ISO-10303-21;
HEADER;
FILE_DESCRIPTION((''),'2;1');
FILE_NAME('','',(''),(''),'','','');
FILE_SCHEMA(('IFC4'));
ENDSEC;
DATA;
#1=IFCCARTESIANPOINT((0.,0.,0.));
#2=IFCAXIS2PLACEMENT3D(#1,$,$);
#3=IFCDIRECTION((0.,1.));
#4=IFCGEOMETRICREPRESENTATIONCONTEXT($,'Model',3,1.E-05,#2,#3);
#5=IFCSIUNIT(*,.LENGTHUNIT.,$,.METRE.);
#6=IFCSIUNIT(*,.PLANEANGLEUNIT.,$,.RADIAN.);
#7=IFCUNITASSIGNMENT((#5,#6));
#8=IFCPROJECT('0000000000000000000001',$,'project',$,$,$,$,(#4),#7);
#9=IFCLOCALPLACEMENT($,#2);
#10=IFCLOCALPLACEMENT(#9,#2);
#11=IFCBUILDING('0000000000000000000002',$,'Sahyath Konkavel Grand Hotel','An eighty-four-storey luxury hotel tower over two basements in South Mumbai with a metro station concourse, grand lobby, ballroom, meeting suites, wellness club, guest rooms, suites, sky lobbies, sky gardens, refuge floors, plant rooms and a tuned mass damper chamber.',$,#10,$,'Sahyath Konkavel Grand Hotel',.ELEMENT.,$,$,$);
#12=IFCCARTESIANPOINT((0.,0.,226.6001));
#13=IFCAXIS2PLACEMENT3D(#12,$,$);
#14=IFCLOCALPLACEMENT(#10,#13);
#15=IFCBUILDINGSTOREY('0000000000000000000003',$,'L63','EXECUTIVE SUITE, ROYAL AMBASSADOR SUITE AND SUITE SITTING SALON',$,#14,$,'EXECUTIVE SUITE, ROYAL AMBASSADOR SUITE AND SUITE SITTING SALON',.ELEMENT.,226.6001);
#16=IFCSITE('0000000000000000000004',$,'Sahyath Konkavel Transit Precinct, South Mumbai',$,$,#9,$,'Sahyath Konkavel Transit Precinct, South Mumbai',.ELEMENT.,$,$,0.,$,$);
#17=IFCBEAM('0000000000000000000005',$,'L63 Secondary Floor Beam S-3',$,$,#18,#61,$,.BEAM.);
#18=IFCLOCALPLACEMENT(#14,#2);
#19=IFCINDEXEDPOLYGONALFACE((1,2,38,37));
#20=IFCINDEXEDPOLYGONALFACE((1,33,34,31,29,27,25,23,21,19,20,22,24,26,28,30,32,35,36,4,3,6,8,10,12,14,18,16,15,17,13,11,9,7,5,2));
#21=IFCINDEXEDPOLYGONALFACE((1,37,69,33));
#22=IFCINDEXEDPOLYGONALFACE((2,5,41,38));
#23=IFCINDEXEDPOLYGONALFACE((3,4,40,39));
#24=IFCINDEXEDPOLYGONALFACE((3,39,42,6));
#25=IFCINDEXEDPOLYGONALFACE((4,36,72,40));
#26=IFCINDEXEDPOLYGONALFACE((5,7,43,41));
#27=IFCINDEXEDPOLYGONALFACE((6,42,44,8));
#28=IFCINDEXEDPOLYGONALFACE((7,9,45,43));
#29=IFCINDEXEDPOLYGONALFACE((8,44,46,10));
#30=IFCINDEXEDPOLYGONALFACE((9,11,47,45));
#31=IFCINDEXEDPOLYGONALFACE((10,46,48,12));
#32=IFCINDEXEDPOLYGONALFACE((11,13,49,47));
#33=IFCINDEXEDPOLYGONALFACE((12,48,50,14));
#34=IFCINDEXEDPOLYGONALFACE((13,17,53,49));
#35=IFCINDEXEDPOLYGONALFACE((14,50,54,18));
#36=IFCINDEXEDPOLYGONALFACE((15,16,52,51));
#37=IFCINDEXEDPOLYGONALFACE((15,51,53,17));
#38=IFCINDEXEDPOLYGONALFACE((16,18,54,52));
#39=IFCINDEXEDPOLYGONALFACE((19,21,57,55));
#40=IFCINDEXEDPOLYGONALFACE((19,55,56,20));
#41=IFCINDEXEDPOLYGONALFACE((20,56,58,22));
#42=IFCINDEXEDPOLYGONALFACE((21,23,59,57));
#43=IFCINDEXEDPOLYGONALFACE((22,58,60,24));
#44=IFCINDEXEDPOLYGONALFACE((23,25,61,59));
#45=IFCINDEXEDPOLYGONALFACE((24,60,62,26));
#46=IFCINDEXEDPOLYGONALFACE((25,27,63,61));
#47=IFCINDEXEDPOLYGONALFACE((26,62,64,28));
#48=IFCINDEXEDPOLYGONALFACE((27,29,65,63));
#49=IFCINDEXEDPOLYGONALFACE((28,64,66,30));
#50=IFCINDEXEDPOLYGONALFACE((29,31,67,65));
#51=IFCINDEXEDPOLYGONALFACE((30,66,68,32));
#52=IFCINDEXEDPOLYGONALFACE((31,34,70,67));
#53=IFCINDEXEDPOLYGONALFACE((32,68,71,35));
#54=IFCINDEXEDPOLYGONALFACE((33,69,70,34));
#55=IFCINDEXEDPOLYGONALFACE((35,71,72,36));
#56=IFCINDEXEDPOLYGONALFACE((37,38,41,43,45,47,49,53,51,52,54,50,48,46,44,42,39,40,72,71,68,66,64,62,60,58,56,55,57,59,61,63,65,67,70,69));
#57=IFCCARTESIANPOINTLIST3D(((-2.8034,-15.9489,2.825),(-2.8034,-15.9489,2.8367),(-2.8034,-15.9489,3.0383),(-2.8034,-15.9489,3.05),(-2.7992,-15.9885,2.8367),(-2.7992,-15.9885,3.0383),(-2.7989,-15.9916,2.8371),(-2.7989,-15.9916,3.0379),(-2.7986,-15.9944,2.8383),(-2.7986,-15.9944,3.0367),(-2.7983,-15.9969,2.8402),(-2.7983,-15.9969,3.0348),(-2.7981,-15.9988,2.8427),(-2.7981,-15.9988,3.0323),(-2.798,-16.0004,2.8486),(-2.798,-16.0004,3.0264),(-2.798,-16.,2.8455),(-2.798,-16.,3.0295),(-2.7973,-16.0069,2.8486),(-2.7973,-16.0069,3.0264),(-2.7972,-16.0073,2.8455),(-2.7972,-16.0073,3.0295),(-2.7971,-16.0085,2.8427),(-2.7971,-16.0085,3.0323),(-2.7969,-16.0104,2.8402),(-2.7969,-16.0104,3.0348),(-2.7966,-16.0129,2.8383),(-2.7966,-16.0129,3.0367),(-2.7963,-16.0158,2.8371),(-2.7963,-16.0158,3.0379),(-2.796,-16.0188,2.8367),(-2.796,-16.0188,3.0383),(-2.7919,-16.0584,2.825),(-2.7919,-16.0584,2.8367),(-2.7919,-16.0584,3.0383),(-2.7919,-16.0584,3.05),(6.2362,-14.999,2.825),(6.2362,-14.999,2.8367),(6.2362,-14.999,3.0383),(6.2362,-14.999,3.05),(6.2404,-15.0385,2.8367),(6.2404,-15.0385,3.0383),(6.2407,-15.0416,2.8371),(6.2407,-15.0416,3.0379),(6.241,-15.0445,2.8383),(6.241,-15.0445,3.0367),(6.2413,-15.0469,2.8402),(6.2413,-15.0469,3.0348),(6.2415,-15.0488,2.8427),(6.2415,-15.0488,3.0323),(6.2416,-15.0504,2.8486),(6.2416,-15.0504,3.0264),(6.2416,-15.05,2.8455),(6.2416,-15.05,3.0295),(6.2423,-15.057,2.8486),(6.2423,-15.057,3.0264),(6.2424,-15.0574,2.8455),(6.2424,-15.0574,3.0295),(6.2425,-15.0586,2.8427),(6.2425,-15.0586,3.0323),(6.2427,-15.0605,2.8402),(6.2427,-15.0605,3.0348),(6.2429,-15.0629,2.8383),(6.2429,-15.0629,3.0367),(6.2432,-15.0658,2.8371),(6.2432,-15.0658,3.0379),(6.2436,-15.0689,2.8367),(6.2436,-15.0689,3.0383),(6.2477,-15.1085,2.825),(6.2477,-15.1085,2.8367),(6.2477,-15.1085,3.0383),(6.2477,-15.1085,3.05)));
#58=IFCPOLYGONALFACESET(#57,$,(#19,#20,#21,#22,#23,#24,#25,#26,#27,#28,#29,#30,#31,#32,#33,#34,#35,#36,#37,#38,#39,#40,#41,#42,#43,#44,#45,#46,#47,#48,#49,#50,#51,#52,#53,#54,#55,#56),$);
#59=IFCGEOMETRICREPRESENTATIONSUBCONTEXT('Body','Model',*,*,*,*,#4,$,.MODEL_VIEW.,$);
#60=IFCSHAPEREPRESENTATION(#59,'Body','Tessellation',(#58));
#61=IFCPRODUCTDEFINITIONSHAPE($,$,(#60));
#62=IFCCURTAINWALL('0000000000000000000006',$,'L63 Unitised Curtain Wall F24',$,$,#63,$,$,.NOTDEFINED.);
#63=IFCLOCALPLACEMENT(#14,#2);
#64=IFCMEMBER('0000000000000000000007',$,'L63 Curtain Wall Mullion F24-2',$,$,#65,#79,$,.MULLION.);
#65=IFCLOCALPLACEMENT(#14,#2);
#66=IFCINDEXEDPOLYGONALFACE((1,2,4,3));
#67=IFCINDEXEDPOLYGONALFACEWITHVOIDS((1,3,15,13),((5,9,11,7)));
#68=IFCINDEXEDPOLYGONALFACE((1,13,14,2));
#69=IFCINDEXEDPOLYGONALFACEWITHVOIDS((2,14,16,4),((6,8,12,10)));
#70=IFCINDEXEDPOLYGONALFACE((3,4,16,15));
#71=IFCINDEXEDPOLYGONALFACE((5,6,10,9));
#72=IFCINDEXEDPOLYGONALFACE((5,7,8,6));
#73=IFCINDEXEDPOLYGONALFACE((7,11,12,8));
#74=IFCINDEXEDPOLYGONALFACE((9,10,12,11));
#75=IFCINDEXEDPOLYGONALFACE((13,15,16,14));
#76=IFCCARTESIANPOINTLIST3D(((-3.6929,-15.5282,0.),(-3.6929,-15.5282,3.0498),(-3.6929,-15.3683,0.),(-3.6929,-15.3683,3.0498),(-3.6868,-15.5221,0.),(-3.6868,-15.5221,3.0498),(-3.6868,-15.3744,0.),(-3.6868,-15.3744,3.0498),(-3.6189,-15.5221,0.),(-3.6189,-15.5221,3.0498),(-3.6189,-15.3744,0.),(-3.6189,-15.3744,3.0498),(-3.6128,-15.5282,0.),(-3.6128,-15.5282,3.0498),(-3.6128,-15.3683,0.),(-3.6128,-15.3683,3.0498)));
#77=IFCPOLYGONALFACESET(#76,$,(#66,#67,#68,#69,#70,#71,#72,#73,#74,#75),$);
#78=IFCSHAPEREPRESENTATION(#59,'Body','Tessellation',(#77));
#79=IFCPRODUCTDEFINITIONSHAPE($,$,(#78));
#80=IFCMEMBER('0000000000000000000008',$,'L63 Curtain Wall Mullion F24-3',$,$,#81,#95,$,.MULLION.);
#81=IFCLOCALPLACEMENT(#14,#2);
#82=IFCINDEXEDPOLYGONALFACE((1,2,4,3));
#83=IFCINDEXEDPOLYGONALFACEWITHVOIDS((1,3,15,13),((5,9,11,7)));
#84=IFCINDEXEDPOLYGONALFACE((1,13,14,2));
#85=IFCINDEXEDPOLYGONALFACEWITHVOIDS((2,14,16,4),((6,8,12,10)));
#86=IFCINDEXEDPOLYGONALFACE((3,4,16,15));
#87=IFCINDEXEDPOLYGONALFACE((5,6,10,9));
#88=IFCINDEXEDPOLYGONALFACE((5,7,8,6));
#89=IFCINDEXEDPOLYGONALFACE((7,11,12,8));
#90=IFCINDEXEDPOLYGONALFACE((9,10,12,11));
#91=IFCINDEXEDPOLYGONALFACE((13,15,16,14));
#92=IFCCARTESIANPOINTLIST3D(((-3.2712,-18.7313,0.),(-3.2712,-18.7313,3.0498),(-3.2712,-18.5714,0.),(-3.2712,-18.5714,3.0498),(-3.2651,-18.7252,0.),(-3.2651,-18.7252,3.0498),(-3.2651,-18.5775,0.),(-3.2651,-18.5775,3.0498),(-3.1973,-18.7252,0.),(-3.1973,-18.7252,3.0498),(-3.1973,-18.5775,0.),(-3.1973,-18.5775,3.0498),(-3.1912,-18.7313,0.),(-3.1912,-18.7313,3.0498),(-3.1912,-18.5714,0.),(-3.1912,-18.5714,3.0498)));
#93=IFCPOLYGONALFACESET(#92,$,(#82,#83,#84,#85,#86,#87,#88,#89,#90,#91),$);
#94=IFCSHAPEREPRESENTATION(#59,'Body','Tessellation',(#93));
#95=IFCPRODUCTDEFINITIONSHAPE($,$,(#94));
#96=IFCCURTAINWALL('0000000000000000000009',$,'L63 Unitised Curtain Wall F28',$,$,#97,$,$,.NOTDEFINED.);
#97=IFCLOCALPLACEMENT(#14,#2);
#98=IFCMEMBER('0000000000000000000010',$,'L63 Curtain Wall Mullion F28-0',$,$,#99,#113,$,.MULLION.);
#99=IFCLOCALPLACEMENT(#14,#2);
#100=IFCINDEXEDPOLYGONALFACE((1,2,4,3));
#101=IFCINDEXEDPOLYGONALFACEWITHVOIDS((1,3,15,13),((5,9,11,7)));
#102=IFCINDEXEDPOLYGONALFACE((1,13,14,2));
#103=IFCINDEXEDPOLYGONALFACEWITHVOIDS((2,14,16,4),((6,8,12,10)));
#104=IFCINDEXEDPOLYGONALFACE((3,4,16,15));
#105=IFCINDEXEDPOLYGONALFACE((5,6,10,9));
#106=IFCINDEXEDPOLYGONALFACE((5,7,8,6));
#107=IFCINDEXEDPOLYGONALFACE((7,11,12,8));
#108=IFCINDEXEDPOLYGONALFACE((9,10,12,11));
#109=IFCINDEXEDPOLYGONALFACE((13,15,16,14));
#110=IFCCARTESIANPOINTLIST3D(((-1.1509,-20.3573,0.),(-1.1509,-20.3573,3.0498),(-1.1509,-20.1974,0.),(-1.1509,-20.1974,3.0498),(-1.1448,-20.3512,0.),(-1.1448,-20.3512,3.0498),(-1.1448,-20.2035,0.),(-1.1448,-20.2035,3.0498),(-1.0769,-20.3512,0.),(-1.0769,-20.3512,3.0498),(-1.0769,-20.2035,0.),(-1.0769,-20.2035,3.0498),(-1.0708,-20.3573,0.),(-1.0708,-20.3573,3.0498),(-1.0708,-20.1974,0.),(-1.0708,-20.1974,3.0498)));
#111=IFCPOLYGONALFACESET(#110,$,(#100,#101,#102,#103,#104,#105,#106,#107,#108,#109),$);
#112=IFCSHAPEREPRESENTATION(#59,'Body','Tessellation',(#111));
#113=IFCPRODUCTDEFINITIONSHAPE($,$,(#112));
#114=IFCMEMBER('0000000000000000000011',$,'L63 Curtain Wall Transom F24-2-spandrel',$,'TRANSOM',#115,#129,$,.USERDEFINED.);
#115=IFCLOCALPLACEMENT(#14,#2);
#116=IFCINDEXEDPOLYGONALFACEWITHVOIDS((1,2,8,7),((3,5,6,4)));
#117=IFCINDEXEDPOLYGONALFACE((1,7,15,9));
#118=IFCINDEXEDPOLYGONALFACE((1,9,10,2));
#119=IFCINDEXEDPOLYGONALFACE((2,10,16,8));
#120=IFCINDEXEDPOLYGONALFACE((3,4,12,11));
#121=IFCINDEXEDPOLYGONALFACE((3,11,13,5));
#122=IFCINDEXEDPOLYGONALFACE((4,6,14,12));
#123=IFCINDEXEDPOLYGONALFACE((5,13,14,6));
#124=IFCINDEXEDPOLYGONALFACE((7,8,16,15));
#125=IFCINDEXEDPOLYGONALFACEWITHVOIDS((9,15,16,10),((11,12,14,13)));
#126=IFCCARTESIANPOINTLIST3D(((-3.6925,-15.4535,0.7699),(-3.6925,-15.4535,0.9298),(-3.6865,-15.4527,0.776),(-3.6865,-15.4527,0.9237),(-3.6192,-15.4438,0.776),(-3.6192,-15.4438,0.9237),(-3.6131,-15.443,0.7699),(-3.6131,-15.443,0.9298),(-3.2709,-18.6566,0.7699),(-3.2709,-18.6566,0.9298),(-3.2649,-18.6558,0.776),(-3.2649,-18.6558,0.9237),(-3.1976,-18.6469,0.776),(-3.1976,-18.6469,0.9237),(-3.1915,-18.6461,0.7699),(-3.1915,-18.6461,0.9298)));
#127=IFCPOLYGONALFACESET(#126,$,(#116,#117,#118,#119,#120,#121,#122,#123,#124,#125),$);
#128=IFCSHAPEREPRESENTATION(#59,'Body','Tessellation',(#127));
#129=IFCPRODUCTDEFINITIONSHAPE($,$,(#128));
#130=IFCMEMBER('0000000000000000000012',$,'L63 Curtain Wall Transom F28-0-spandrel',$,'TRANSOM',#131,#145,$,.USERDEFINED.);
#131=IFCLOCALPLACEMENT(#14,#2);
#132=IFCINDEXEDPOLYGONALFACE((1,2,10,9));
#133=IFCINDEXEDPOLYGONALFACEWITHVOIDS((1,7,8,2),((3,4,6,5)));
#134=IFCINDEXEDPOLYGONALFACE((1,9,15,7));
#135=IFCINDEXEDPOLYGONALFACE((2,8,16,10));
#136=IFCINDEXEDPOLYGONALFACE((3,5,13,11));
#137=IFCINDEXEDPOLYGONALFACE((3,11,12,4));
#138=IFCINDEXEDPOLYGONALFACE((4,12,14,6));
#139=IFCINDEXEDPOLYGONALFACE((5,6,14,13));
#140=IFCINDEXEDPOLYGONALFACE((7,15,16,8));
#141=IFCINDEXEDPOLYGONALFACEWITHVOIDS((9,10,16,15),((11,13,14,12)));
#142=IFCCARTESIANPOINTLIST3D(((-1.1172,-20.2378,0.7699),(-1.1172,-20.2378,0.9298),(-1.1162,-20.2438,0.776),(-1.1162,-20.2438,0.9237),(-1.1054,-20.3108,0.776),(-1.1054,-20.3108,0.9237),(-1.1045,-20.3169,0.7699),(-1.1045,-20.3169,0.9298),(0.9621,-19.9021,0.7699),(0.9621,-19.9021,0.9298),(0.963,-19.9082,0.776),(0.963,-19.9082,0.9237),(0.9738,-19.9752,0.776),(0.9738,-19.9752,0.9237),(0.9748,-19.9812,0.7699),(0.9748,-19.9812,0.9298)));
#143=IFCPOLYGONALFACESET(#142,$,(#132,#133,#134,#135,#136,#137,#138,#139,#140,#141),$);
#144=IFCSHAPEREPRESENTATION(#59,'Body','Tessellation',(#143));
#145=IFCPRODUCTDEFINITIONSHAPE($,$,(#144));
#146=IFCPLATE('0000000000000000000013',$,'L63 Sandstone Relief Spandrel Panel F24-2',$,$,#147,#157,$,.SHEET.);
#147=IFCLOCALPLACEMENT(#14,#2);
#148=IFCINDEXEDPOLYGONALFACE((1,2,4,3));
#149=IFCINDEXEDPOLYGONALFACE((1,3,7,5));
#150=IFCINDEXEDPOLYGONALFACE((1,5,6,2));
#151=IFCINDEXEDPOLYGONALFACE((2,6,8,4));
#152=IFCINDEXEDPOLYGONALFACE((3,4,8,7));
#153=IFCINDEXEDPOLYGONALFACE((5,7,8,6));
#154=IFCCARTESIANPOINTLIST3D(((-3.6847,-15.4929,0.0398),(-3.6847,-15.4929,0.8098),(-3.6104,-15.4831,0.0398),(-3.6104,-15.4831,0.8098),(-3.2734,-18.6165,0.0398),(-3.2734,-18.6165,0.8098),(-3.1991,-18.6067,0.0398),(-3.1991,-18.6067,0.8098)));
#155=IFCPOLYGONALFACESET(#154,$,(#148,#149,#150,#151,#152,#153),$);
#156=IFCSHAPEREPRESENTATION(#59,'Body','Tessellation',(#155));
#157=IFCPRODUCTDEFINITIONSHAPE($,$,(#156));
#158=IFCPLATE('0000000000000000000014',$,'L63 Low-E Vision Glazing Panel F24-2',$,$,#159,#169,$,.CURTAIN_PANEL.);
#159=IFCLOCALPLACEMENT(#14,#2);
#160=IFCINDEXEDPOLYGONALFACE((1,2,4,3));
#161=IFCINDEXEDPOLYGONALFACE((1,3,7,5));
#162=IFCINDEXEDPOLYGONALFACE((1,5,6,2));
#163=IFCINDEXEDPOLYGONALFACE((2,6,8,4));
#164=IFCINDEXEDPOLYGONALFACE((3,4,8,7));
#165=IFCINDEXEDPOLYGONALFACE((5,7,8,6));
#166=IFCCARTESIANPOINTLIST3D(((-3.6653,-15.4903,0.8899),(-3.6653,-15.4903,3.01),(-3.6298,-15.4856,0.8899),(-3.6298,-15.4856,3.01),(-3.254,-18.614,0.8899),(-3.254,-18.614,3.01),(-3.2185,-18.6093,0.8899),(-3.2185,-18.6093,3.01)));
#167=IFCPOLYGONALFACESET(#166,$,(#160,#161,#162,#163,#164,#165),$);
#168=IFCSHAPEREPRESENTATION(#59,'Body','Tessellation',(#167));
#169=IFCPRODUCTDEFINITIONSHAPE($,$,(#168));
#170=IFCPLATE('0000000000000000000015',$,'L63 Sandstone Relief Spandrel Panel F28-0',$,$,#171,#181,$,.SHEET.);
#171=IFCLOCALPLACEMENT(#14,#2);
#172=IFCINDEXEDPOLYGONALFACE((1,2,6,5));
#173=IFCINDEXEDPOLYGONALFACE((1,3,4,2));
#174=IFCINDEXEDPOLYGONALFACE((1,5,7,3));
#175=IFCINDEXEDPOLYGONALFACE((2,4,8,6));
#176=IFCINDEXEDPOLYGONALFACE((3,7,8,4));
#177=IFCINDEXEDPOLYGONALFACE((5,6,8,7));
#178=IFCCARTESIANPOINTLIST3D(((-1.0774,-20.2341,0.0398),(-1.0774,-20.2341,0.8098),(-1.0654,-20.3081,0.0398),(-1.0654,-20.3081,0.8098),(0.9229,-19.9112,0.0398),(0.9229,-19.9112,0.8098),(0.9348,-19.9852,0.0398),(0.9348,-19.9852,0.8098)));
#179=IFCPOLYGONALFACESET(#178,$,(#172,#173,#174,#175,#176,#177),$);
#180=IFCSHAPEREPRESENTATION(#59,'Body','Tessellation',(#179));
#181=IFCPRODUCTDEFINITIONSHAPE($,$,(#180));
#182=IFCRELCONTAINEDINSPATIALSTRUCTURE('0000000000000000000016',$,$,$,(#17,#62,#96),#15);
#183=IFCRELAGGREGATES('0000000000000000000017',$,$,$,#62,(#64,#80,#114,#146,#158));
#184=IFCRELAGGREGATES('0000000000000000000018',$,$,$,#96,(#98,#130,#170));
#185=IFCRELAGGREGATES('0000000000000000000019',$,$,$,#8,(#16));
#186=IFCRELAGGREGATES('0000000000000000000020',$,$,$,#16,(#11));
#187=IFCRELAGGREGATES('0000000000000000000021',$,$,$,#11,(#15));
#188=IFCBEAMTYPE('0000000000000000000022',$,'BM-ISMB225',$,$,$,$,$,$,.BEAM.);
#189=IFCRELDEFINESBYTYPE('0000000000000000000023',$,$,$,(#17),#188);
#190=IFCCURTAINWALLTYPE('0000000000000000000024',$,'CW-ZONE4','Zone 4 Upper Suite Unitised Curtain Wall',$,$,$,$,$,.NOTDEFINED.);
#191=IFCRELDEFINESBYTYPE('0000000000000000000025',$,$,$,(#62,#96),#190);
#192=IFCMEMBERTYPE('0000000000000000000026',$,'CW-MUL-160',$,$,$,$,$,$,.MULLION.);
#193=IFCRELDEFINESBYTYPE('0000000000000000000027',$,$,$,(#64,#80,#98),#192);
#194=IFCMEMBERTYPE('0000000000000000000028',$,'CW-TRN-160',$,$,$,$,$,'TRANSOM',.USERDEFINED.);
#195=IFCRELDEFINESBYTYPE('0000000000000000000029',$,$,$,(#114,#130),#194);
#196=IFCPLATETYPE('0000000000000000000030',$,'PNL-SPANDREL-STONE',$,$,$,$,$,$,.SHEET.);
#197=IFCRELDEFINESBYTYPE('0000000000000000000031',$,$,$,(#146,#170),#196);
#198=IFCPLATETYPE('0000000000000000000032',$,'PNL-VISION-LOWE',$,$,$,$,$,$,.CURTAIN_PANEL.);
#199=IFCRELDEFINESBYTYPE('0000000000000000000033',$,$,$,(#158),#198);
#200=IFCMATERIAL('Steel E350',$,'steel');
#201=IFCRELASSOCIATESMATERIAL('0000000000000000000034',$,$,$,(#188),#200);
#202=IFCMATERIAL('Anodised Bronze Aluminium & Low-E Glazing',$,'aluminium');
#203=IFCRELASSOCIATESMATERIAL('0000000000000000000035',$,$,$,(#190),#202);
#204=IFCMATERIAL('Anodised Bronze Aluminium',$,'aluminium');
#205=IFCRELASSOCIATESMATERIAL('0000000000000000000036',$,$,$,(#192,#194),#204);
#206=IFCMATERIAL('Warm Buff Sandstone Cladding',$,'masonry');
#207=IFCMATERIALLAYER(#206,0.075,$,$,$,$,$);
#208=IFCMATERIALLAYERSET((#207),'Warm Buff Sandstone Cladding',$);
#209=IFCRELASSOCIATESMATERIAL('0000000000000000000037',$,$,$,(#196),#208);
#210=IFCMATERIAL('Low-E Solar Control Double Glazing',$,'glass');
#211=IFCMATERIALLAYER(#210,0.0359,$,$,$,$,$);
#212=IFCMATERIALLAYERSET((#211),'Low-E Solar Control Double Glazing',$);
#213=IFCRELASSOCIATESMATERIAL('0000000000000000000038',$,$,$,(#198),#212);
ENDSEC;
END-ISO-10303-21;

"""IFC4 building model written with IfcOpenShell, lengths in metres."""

from ifc_helpers import new_model, si_unit, direction, frame, origin, origin_2d, place, context, subcontext, project, spatial, rectangle, hollow_rectangle, i_section, extrude, source, transform, mapped, material, layer, layer_set, material_profile, profile_set, type_object, element, aggregate, save


model = new_model("IFC4")

# Units and contexts
model_context = context("Model", 3, precision=1e-05, world=origin(), true_north=direction((0.0, 1.0)))
body_context = subcontext(model_context, "Body", "Model", "MODEL_VIEW")
ifc_project = project(units=[si_unit("LENGTHUNIT", "METRE"), si_unit("PLANEANGLEUNIT", "RADIAN")], contexts=[model_context])

# Site, building, storey
site_placement = place(None, origin())
site = spatial("IfcSite", under=ifc_project, at=site_placement, Name="Sahyath Konkavel Transit Precinct, South Mumbai", LongName="Sahyath Konkavel Transit Precinct, South Mumbai", CompositionType="ELEMENT", RefElevation=0.0)
building_placement = place(site_placement, origin())
building = spatial("IfcBuilding", under=site, at=building_placement, Name="Sahyath Konkavel Grand Hotel", Description="An eighty-four-storey luxury hotel tower over two basements in South Mumbai with a metro station concourse, grand lobby, ballroom, meeting suites, wellness club, guest rooms, suites, sky lobbies, sky gardens, refuge floors, plant rooms and a tuned mass damper chamber.", LongName="Sahyath Konkavel Grand Hotel", CompositionType="ELEMENT")
storey_placement = place(building_placement, frame((0.0, 0.0, 226.6001)))
storey = spatial("IfcBuildingStorey", under=building, at=storey_placement, Name="L63", Description="EXECUTIVE SUITE, ROYAL AMBASSADOR SUITE AND SUITE SITTING SALON", LongName="EXECUTIVE SUITE, ROYAL AMBASSADOR SUITE AND SUITE SITTING SALON", CompositionType="ELEMENT", Elevation=226.6001)

# Beam
ifc_material_1 = material(Name="Steel E350", Category="steel")
ifc_material_profile_1 = material_profile(ifc_material_1, i_section(OverallWidth=0.1101, OverallDepth=0.2251, WebThickness=0.0066, FlangeThickness=0.0117, FilletRadius=0.012, at=origin_2d()), Name="ISMB 225")
ifc_profile_set_1 = profile_set([ifc_material_profile_1], Name="Steel E350")
beam_type_1 = type_object("IfcBeamType", Name="BM-ISMB225", PredefinedType="BEAM", material=ifc_profile_set_1)
shared_shape_1 = source(origin(), body_context, "Body", "SweptSolid", [
    extrude(i_section(OverallWidth=0.1101, OverallDepth=0.2251, WebThickness=0.0066, FlangeThickness=0.0117, FilletRadius=0.012, at=origin_2d()), origin(), (0.0, 0.0, 1.0), 9.0894),
])
beam_1_placement = place(storey_placement, frame((-2.7976, -16.0037, 2.9375), z_axis=(0.994524, 0.104513, 0.0), x_axis=(-0.104513, 0.994524, 0.0)))
element("IfcBeam", 1, at=beam_1_placement, inside=storey, type_object=beam_type_1, Name="L63 Secondary Floor Beam S-3", PredefinedType="BEAM", context=body_context, shape_type="MappedRepresentation", body=[
    mapped(shared_shape_1, transform((0.0, 0.0, 0.0), scale=1.0)),
])

# Curtain wall, members
ifc_material_2 = material(Name="Anodised Bronze Aluminium & Low-E Glazing", Category="aluminium")
curtain_wall_type = type_object("IfcCurtainWallType", Name="CW-ZONE4", Description="Zone 4 Upper Suite Unitised Curtain Wall", PredefinedType="NOTDEFINED", material=ifc_material_2)
curtain_wall_1_placement = place(storey_placement, origin())
curtain_wall_1 = element("IfcCurtainWall", 2, at=curtain_wall_1_placement, inside=storey, type_object=curtain_wall_type, Name="L63 Unitised Curtain Wall F24", PredefinedType="NOTDEFINED")
ifc_material_3 = material(Name="Anodised Bronze Aluminium", Category="aluminium")
ifc_material_profile_2 = material_profile(ifc_material_3, hollow_rectangle(XDim=0.0801, YDim=0.1599, WallThickness=0.0061, at=origin_2d()), Name="RHS 160x80x6")
ifc_profile_set_2 = profile_set([ifc_material_profile_2], Name="Anodised Bronze Aluminium")
member_type_1 = type_object("IfcMemberType", Name="CW-MUL-160", PredefinedType="MULLION", material=ifc_profile_set_2)
shared_shape_2 = source(origin(), body_context, "Body", "SweptSolid", [
    extrude(hollow_rectangle(XDim=0.0801, YDim=0.1599, WallThickness=0.0061, at=origin_2d()), origin(), (0.0, 0.0, 1.0), 3.0498),
])
member_1_placement = place(storey_placement, frame((-3.6528, -15.4482, 0.0), z_axis=(0.0, 0.0, 1.0), x_axis=(1.0, 0.0, 0.0)))
member_1 = element("IfcMember", 3, at=member_1_placement, type_object=member_type_1, Name="L63 Curtain Wall Mullion F24-2", PredefinedType="MULLION", context=body_context, shape_type="MappedRepresentation", body=[
    mapped(shared_shape_2, transform((0.0, 0.0, 0.0), scale=1.0)),
])
member_2_placement = place(storey_placement, frame((-3.2312, -18.6514, 0.0), z_axis=(0.0, 0.0, 1.0), x_axis=(1.0, 0.0, 0.0)))
member_2 = element("IfcMember", 4, at=member_2_placement, type_object=member_type_1, Name="L63 Curtain Wall Mullion F24-3", PredefinedType="MULLION", context=body_context, shape_type="MappedRepresentation", body=[
    mapped(shared_shape_2, transform((0.0, 0.0, 0.0), scale=1.0)),
])

# Curtain wall, member
curtain_wall_2_placement = place(storey_placement, origin())
curtain_wall_2 = element("IfcCurtainWall", 5, at=curtain_wall_2_placement, inside=storey, type_object=curtain_wall_type, Name="L63 Unitised Curtain Wall F28", PredefinedType="NOTDEFINED")
member_3_placement = place(storey_placement, frame((-1.1108, -20.2773, 0.0), z_axis=(0.0, 0.0, 1.0), x_axis=(1.0, 0.0, 0.0)))
member_3 = element("IfcMember", 6, at=member_3_placement, type_object=member_type_1, Name="L63 Curtain Wall Mullion F28-0", PredefinedType="MULLION", context=body_context, shape_type="MappedRepresentation", body=[
    mapped(shared_shape_2, transform((0.0, 0.0, 0.0), scale=1.0)),
])

# Members
ifc_material_profile_3 = material_profile(ifc_material_3, hollow_rectangle(XDim=0.0801, YDim=0.1599, WallThickness=0.0061, at=origin_2d()), Name="RHS 160x80x6")
ifc_profile_set_3 = profile_set([ifc_material_profile_3], Name="Anodised Bronze Aluminium")
member_type_2 = type_object("IfcMemberType", Name="CW-TRN-160", ElementType="TRANSOM", PredefinedType="USERDEFINED", material=ifc_profile_set_3)
shared_shape_3 = source(origin(), body_context, "Body", "SweptSolid", [
    extrude(hollow_rectangle(XDim=0.0801, YDim=0.1599, WallThickness=0.0061, at=origin_2d()), origin(), (0.0, 0.0, 1.0), 3.2307),
])
member_4_placement = place(storey_placement, frame((-3.6528, -15.4482, 0.8499), z_axis=(0.130505, -0.991448, 0.0), x_axis=(0.991448, 0.130505, 0.0)))
member_4 = element("IfcMember", 7, at=member_4_placement, type_object=member_type_2, Name="L63 Curtain Wall Transom F24-2-spandrel", ObjectType="TRANSOM", PredefinedType="USERDEFINED", context=body_context, shape_type="MappedRepresentation", body=[
    mapped(shared_shape_3, transform((0.0, 0.0, 0.0), scale=1.0)),
])
shared_shape_4 = source(origin(), body_context, "Body", "SweptSolid", [
    extrude(hollow_rectangle(XDim=0.0801, YDim=0.1599, WallThickness=0.0061, at=origin_2d()), origin(), (0.0, 0.0, 1.0), 2.1062),
])
member_5_placement = place(storey_placement, frame((-1.1108, -20.2773, 0.8499), z_axis=(0.987218, 0.159378, 0.0), x_axis=(-0.159378, 0.987218, 0.0)))
member_5 = element("IfcMember", 8, at=member_5_placement, type_object=member_type_2, Name="L63 Curtain Wall Transom F28-0-spandrel", ObjectType="TRANSOM", PredefinedType="USERDEFINED", context=body_context, shape_type="MappedRepresentation", body=[
    mapped(shared_shape_4, transform((0.0, 0.0, 0.0), scale=1.0)),
])

# Plates
ifc_material_4 = material(Name="Warm Buff Sandstone Cladding", Category="masonry")
ifc_layer_1 = layer(ifc_material_4, 0.075)
ifc_layer_set_1 = layer_set([ifc_layer_1], Name="Warm Buff Sandstone Cladding")
plate_type_1 = type_object("IfcPlateType", Name="PNL-SPANDREL-STONE", PredefinedType="SHEET", material=ifc_layer_set_1)
shared_shape_5 = source(origin(), body_context, "Body", "SweptSolid", [
    extrude(rectangle(XDim=3.1506, YDim=0.075, at=origin_2d()), origin(), (0.0, 0.0, 1.0), 0.77),
])
plate_1_placement = place(storey_placement, frame((-3.4419, -17.0498, 0.0398), z_axis=(0.0, 0.0, 1.0), x_axis=(0.130543, -0.991443, 0.0)))
plate_1 = element("IfcPlate", 9, at=plate_1_placement, type_object=plate_type_1, Name="L63 Sandstone Relief Spandrel Panel F24-2", PredefinedType="SHEET", context=body_context, shape_type="MappedRepresentation", body=[
    mapped(shared_shape_5, transform((0.0, 0.0, 0.0), scale=1.0)),
])
ifc_material_5 = material(Name="Low-E Solar Control Double Glazing", Category="glass")
ifc_layer_2 = layer(ifc_material_5, 0.0359)
ifc_layer_set_2 = layer_set([ifc_layer_2], Name="Low-E Solar Control Double Glazing")
plate_type_2 = type_object("IfcPlateType", Name="PNL-VISION-LOWE", PredefinedType="CURTAIN_PANEL", material=ifc_layer_set_2)
shared_shape_6 = source(origin(), body_context, "Body", "SweptSolid", [
    extrude(rectangle(XDim=3.1506, YDim=0.0359, at=origin_2d()), origin(), (0.0, 0.0, 1.0), 2.1201),
])
plate_2_placement = place(storey_placement, frame((-3.4419, -17.0498, 0.8899), z_axis=(0.0, 0.0, 1.0), x_axis=(0.130543, -0.991443, 0.0)))
plate_2 = element("IfcPlate", 10, at=plate_2_placement, type_object=plate_type_2, Name="L63 Low-E Vision Glazing Panel F24-2", PredefinedType="CURTAIN_PANEL", context=body_context, shape_type="MappedRepresentation", body=[
    mapped(shared_shape_6, transform((0.0, 0.0, 0.0), scale=1.0)),
])
aggregate(curtain_wall_1, [member_1, member_2, member_4, plate_1, plate_2])
shared_shape_7 = source(origin(), body_context, "Body", "SweptSolid", [
    extrude(rectangle(XDim=2.0261, YDim=0.075, at=origin_2d()), origin(), (0.0, 0.0, 1.0), 0.77),
])
plate_3_placement = place(storey_placement, frame((-0.0713, -20.1096, 0.0398), z_axis=(0.0, 0.0, 1.0), x_axis=(0.98722, 0.159364, 0.0)))
plate_3 = element("IfcPlate", 11, at=plate_3_placement, type_object=plate_type_1, Name="L63 Sandstone Relief Spandrel Panel F28-0", PredefinedType="SHEET", context=body_context, shape_type="MappedRepresentation", body=[
    mapped(shared_shape_7, transform((0.0, 0.0, 0.0), scale=1.0)),
])
aggregate(curtain_wall_2, [member_3, member_5, plate_3])

save(model, "model.ifc")
